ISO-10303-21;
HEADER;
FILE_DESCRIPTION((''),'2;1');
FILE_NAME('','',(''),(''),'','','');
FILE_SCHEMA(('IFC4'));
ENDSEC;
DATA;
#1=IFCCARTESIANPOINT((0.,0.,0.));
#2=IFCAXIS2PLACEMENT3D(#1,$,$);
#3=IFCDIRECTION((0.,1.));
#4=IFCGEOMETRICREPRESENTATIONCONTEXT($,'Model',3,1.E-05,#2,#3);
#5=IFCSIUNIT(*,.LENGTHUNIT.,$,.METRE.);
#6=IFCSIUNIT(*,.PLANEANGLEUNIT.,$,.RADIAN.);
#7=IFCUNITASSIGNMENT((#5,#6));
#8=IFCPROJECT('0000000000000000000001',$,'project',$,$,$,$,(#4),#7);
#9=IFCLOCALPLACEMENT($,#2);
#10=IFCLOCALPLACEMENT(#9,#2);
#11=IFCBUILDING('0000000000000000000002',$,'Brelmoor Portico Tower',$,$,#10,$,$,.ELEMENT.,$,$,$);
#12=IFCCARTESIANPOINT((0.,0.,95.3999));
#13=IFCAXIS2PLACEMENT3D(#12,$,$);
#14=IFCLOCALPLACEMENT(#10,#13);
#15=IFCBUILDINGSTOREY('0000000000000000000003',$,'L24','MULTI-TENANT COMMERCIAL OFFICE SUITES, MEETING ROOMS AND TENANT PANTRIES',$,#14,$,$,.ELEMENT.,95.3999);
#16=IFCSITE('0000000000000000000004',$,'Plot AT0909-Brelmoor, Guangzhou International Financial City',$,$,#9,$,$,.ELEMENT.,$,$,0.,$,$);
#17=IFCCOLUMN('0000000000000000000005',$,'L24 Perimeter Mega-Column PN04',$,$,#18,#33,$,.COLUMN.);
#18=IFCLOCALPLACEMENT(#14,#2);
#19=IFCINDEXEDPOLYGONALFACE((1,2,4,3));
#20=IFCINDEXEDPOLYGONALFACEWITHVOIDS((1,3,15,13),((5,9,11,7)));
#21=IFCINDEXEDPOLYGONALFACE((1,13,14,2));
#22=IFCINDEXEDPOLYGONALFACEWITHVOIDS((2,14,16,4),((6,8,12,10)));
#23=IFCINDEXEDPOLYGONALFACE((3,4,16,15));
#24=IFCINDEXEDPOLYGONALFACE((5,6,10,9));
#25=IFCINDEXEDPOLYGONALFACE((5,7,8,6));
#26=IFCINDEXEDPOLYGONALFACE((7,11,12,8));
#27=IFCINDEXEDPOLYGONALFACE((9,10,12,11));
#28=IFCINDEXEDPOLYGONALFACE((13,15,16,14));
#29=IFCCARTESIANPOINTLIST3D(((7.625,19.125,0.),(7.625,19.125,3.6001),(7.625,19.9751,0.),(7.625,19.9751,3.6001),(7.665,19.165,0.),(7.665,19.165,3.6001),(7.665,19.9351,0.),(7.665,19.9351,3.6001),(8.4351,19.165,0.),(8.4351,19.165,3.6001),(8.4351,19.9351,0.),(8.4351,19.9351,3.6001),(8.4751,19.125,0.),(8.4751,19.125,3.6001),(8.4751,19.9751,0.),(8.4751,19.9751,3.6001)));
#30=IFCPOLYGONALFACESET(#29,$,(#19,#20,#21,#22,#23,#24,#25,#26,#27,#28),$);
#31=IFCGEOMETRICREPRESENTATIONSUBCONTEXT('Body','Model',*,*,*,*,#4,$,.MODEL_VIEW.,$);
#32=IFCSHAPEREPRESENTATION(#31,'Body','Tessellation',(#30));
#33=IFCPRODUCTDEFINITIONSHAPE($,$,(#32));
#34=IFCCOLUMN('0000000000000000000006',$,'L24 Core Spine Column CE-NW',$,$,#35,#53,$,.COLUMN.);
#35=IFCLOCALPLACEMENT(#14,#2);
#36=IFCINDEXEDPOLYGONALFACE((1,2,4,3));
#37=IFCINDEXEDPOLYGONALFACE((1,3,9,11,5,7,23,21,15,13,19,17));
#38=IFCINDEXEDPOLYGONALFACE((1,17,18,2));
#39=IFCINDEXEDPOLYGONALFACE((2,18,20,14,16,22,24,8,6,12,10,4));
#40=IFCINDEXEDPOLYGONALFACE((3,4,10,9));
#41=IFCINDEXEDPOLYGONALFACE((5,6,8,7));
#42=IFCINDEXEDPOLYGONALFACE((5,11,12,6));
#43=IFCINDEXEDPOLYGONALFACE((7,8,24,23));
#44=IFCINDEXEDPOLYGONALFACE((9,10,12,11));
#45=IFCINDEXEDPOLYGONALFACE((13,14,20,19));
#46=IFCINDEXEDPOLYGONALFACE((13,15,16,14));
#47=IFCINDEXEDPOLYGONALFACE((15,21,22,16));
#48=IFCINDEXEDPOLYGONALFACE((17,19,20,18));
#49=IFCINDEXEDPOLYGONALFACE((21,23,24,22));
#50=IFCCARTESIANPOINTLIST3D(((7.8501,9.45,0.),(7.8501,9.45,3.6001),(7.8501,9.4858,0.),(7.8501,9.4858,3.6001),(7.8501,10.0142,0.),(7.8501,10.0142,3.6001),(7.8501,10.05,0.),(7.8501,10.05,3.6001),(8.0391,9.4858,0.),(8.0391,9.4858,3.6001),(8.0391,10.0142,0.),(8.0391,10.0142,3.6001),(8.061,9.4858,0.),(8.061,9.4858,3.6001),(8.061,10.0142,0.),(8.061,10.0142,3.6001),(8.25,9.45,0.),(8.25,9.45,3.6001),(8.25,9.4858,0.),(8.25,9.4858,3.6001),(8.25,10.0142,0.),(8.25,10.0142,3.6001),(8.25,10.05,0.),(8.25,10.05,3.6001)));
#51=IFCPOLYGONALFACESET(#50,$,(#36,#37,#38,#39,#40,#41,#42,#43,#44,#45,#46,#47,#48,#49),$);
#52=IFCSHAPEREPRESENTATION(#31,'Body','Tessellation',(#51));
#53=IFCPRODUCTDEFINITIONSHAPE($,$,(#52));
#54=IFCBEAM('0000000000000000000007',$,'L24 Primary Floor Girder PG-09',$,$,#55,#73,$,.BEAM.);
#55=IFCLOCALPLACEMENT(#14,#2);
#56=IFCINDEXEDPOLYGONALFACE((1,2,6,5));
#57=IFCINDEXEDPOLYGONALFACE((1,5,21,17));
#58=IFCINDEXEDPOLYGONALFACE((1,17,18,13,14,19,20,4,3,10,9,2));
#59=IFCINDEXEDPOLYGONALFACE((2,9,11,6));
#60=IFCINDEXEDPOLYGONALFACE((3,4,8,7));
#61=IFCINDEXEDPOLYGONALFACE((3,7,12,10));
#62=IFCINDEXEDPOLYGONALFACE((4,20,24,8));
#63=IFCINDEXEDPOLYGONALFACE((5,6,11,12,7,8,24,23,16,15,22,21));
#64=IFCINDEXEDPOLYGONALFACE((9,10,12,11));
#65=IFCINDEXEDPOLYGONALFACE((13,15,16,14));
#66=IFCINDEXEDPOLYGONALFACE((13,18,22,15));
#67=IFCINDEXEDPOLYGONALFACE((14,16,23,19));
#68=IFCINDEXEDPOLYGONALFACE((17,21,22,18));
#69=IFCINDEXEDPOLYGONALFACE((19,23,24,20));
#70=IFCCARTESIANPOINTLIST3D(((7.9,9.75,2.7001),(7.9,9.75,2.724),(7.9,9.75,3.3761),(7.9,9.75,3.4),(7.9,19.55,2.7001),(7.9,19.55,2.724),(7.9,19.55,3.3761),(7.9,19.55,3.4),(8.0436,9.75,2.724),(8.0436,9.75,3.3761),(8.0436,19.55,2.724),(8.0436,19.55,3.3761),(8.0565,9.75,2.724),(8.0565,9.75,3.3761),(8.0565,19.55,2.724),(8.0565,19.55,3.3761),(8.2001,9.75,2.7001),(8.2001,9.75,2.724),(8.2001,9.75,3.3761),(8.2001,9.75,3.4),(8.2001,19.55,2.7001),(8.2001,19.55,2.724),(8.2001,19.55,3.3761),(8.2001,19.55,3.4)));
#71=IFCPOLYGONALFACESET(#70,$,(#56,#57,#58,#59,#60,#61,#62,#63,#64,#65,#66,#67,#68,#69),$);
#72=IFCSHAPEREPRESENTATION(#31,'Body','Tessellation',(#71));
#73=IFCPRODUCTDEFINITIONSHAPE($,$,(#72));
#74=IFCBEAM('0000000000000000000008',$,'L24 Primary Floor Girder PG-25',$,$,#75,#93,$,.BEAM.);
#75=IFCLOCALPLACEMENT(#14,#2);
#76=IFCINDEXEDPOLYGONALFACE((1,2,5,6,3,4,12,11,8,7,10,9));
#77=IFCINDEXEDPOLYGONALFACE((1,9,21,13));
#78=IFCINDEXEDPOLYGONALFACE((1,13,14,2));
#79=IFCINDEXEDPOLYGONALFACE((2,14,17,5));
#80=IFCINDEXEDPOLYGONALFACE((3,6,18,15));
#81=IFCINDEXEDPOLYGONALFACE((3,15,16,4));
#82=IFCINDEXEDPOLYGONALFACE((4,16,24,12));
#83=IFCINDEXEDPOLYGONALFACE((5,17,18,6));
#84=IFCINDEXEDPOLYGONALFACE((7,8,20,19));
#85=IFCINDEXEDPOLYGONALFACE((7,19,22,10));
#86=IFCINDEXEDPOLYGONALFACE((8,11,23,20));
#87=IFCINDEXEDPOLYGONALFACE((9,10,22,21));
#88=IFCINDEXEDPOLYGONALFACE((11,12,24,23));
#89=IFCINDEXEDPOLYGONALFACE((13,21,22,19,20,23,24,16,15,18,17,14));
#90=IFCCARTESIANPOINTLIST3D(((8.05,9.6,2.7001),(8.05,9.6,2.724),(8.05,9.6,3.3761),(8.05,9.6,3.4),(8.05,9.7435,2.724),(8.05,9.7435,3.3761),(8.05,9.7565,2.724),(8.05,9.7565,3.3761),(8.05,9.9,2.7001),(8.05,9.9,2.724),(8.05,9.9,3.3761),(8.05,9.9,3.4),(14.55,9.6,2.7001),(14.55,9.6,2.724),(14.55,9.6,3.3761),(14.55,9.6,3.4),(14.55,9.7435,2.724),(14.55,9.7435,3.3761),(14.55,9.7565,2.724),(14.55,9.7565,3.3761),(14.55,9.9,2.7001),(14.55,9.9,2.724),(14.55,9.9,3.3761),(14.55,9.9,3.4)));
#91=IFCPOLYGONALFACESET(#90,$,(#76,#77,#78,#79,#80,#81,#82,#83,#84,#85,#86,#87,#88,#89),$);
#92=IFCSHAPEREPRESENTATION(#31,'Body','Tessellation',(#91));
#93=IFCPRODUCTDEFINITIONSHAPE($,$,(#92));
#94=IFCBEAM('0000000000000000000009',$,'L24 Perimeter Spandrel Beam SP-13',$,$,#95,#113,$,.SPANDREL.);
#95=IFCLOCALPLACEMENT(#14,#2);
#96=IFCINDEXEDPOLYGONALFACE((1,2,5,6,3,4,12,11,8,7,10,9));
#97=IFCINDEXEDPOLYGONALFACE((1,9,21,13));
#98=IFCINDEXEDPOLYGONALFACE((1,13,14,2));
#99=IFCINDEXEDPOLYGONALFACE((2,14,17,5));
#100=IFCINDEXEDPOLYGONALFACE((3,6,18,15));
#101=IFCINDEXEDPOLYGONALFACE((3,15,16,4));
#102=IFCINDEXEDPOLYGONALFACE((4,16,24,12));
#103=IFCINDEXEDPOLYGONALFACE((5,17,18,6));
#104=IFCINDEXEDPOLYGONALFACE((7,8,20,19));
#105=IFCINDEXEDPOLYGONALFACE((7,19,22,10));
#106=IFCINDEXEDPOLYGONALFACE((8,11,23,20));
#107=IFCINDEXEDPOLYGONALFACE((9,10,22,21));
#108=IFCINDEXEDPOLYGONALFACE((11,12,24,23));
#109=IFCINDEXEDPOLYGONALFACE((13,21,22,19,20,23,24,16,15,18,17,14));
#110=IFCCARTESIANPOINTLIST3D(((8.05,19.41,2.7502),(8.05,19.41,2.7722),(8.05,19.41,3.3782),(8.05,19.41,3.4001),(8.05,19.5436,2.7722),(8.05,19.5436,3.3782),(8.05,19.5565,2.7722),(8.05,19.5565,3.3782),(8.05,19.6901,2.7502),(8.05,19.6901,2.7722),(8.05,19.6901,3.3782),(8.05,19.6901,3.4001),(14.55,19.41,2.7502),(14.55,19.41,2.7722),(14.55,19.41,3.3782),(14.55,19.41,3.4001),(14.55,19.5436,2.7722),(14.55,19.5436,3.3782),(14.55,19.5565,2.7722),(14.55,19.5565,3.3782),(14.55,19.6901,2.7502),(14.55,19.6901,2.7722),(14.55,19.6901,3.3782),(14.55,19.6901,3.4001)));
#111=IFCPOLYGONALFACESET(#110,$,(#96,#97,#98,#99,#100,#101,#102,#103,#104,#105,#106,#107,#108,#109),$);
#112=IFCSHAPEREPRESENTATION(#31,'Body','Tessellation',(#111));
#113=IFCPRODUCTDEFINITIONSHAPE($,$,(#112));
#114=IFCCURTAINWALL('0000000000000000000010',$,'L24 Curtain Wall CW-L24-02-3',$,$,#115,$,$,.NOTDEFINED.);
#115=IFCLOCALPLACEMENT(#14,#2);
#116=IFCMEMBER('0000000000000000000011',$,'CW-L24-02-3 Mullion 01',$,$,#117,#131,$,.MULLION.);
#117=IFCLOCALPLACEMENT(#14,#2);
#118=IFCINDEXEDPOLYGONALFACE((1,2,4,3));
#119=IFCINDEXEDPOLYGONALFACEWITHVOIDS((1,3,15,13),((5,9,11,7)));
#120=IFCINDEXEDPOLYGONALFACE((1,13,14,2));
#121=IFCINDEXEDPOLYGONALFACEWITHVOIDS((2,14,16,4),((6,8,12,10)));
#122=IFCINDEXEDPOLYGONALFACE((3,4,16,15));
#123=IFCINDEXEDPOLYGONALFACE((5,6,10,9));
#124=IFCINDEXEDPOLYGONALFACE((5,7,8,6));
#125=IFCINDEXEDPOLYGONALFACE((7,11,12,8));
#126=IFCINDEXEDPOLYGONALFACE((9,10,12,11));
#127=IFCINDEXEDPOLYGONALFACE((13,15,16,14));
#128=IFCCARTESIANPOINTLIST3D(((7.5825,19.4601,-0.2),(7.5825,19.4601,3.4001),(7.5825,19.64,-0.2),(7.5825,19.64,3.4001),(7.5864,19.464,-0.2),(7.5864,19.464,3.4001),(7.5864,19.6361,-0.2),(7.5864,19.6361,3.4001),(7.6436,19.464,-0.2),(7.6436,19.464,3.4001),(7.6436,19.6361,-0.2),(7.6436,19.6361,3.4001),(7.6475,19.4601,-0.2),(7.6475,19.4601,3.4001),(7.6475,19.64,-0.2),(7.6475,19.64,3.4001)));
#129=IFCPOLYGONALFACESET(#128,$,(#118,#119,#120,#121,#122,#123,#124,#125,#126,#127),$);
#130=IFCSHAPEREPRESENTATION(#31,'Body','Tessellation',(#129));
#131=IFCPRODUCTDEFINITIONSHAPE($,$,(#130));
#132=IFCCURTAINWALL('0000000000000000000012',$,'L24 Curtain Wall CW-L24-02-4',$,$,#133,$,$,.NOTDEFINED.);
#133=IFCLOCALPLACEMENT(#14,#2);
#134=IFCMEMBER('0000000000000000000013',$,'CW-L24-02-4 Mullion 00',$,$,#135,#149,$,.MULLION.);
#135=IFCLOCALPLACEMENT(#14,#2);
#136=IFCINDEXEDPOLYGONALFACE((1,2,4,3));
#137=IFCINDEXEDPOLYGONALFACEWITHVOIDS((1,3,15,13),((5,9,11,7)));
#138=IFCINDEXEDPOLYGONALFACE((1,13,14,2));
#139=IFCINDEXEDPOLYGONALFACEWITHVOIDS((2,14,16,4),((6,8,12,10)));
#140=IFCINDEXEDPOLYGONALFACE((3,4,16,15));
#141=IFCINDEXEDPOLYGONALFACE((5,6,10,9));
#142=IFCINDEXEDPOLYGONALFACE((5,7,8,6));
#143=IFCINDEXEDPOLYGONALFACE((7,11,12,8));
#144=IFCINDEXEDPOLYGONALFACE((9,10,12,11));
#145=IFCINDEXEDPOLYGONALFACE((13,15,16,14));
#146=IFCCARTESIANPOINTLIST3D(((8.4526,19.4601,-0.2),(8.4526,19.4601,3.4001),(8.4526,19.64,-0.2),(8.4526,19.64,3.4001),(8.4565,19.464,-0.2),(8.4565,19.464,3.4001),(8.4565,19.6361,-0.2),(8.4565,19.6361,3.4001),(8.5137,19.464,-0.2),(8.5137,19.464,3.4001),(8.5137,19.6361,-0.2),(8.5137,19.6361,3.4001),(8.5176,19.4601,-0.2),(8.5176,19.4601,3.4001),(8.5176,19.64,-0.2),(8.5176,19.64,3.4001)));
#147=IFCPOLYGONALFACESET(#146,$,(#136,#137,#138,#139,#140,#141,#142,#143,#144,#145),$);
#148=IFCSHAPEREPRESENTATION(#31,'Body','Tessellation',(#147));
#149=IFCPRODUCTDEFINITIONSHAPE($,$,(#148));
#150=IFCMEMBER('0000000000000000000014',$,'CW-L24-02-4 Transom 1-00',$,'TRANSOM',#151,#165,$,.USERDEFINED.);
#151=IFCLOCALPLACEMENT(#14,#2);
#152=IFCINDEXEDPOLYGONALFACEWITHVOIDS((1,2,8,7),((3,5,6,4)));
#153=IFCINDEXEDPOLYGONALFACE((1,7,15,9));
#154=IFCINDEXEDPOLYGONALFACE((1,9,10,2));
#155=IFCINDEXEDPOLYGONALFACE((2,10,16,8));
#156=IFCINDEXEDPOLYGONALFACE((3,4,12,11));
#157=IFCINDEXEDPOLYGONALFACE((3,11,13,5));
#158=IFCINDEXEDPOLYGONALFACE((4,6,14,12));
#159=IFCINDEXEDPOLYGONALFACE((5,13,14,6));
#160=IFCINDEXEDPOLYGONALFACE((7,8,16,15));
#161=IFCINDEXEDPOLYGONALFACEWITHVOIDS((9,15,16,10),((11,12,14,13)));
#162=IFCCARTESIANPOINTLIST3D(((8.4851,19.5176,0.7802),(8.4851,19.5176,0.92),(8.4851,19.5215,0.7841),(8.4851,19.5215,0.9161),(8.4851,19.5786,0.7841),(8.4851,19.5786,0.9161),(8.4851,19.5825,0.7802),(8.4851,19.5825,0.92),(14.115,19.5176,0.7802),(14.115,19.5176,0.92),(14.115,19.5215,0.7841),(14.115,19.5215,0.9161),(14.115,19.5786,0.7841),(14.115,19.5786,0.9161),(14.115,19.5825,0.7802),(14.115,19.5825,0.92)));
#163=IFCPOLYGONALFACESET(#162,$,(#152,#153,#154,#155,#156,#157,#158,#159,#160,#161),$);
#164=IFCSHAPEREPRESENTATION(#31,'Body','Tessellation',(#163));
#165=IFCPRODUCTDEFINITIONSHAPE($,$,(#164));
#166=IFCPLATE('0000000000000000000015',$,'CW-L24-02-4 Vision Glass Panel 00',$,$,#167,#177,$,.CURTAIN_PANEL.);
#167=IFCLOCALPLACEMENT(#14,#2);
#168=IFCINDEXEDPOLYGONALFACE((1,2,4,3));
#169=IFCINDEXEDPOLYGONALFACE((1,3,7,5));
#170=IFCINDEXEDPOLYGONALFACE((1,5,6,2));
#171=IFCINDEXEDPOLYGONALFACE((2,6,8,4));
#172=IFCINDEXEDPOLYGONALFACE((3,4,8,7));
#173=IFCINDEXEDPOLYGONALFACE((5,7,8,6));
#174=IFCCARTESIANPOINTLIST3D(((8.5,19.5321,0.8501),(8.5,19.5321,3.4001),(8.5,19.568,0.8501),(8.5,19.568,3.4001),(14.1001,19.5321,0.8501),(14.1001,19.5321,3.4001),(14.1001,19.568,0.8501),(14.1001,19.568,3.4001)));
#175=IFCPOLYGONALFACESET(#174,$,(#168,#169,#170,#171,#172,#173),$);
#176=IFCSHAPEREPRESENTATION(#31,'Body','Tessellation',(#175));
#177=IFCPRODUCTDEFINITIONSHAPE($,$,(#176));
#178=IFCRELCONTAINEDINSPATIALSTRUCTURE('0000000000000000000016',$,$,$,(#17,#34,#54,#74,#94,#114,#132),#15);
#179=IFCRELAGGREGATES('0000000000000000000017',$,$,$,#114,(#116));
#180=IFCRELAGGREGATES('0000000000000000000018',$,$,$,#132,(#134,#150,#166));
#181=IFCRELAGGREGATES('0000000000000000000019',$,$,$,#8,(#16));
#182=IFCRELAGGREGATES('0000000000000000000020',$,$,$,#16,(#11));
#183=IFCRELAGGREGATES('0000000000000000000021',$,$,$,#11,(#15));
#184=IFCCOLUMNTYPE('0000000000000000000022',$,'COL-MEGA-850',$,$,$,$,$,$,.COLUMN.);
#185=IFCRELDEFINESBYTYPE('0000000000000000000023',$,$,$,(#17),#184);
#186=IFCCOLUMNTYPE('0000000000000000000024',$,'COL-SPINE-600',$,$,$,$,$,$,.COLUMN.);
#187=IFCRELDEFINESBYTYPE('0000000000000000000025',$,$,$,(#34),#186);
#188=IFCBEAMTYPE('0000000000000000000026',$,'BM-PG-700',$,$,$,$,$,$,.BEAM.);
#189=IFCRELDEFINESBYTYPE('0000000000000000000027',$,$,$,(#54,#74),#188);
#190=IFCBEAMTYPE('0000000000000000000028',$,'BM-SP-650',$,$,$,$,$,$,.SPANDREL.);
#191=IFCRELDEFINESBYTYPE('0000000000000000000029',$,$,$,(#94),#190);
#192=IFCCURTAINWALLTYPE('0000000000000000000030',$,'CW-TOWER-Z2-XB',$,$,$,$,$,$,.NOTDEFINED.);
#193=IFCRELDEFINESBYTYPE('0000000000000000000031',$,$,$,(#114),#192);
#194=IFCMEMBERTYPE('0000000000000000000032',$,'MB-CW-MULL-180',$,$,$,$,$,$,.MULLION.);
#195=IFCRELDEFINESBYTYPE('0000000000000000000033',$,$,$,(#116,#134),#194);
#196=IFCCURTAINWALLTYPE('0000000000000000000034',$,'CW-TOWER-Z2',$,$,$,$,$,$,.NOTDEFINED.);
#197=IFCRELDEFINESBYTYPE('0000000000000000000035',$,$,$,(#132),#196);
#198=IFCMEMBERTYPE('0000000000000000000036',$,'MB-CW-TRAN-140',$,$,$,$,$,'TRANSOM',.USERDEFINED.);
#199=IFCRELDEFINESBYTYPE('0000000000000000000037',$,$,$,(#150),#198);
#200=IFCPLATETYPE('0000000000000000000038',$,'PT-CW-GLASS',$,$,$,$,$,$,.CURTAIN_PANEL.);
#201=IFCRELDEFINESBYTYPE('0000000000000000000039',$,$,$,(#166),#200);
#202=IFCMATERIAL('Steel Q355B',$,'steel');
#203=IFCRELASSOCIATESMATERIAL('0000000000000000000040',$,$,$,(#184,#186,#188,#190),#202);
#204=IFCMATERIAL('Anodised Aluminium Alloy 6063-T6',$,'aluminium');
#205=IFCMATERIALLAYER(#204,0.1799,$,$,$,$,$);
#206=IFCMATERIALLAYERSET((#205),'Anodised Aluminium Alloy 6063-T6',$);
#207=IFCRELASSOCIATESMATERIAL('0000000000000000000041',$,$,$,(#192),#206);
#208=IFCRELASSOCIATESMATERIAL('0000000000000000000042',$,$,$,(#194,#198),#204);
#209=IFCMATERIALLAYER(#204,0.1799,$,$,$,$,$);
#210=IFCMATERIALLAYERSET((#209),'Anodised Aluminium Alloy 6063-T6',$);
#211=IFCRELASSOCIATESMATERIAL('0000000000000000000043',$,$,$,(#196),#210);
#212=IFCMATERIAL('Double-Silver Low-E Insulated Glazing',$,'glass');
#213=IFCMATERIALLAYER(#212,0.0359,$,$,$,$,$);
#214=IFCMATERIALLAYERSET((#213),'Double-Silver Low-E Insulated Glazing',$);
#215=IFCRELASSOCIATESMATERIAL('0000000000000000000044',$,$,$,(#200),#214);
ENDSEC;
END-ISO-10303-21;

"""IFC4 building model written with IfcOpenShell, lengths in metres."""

from ifc_helpers import new_model, si_unit, direction, frame, origin, origin_2d, place, context, subcontext, project, spatial, rectangle, hollow_rectangle, i_section, extrude, material, layer, layer_set, material_profile, profile_set, type_object, element, aggregate, save


model = new_model("IFC4")

# Units and contexts
model_context = context("Model", 3, precision=1e-05, world=origin(), true_north=direction((0.0, 1.0)))
body_context = subcontext(model_context, "Body", "Model", "MODEL_VIEW")
ifc_project = project(units=[si_unit("LENGTHUNIT", "METRE"), si_unit("PLANEANGLEUNIT", "RADIAN")], contexts=[model_context])

# Site, building, storey
site_placement = place(None, origin())
site = spatial("IfcSite", under=ifc_project, at=site_placement, Name="Plot AT0909-Brelmoor, Guangzhou International Financial City", CompositionType="ELEMENT", RefElevation=0.0)
building_placement = place(site_placement, origin())
building = spatial("IfcBuilding", under=site, at=building_placement, Name="Brelmoor Portico Tower", CompositionType="ELEMENT")
storey_placement = place(building_placement, frame((0.0, 0.0, 95.3999)))
storey = spatial("IfcBuildingStorey", under=building, at=storey_placement, Name="L24", Description="MULTI-TENANT COMMERCIAL OFFICE SUITES, MEETING ROOMS AND TENANT PANTRIES", CompositionType="ELEMENT", Elevation=95.3999)

# Columns
ifc_material_1 = material(Name="Steel Q355B", Category="steel")
ifc_material_profile_1 = material_profile(ifc_material_1, hollow_rectangle(XDim=0.8501, YDim=0.8501, WallThickness=0.04, at=origin_2d()), Name="BOX 850x850x40")
ifc_profile_set_1 = profile_set([ifc_material_profile_1], Name="Steel Q355B")
column_type_1 = type_object("IfcColumnType", Name="COL-MEGA-850", PredefinedType="COLUMN", material=ifc_profile_set_1)
column_1_placement = place(storey_placement, frame((8.05, 19.55, 0.0), z_axis=(0.0, 0.0, 1.0), x_axis=(1.0, 0.0, 0.0)))
element("IfcColumn", 1, at=column_1_placement, inside=storey, type_object=column_type_1, Name="L24 Perimeter Mega-Column PN04", PredefinedType="COLUMN", context=body_context, shape_type="SweptSolid", body=[
    extrude(hollow_rectangle(XDim=0.8501, YDim=0.8501, WallThickness=0.04, at=origin_2d()), origin(), (0.0, 0.0, 1.0), 3.6001),
])
ifc_material_profile_2 = material_profile(ifc_material_1, i_section(OverallWidth=0.3999, OverallDepth=0.6001, WebThickness=0.022, FlangeThickness=0.0359, at=origin_2d()), Name="HW 600x400x22x36")
ifc_profile_set_2 = profile_set([ifc_material_profile_2], Name="Steel Q355B")
column_type_2 = type_object("IfcColumnType", Name="COL-SPINE-600", PredefinedType="COLUMN", material=ifc_profile_set_2)
column_2_placement = place(storey_placement, frame((8.05, 9.75, 0.0), z_axis=(0.0, 0.0, 1.0), x_axis=(1.0, 0.0, 0.0)))
element("IfcColumn", 2, at=column_2_placement, inside=storey, type_object=column_type_2, Name="L24 Core Spine Column CE-NW", PredefinedType="COLUMN", context=body_context, shape_type="SweptSolid", body=[
    extrude(i_section(OverallWidth=0.3999, OverallDepth=0.6001, WebThickness=0.022, FlangeThickness=0.0359, at=origin_2d()), origin(), (0.0, 0.0, 1.0), 3.6001),
])

# Beams
ifc_material_profile_3 = material_profile(ifc_material_1, i_section(OverallWidth=0.3, OverallDepth=0.7, WebThickness=0.0129, FlangeThickness=0.0239, at=origin_2d()), Name="HN 700x300x13x24")
ifc_profile_set_3 = profile_set([ifc_material_profile_3], Name="Steel Q355B")
beam_type_1 = type_object("IfcBeamType", Name="BM-PG-700", PredefinedType="BEAM", material=ifc_profile_set_3)
beam_1_placement = place(storey_placement, frame((8.05, 9.75, 3.05), z_axis=(0.0, 1.0, 0.0), x_axis=(-1.0, 0.0, 0.0)))
element("IfcBeam", 3, at=beam_1_placement, inside=storey, type_object=beam_type_1, Name="L24 Primary Floor Girder PG-09", PredefinedType="BEAM", context=body_context, shape_type="SweptSolid", body=[
    extrude(i_section(OverallWidth=0.3, OverallDepth=0.7, WebThickness=0.0129, FlangeThickness=0.0239, at=origin_2d()), origin(), (0.0, 0.0, 1.0), 9.8),
])
beam_2_placement = place(storey_placement, frame((8.05, 9.75, 3.05), z_axis=(1.0, 0.0, 0.0), x_axis=(0.0, 1.0, 0.0)))
element("IfcBeam", 4, at=beam_2_placement, inside=storey, type_object=beam_type_1, Name="L24 Primary Floor Girder PG-25", PredefinedType="BEAM", context=body_context, shape_type="SweptSolid", body=[
    extrude(i_section(OverallWidth=0.3, OverallDepth=0.7, WebThickness=0.0129, FlangeThickness=0.0239, at=origin_2d()), origin(), (0.0, 0.0, 1.0), 6.5),
])
ifc_material_profile_4 = material_profile(ifc_material_1, i_section(OverallWidth=0.28, OverallDepth=0.6499, WebThickness=0.0129, FlangeThickness=0.022, at=origin_2d()), Name="HN 650x280x13x22")
ifc_profile_set_4 = profile_set([ifc_material_profile_4], Name="Steel Q355B")
beam_type_2 = type_object("IfcBeamType", Name="BM-SP-650", PredefinedType="SPANDREL", material=ifc_profile_set_4)
beam_3_placement = place(storey_placement, frame((8.05, 19.55, 3.0752), z_axis=(1.0, 0.0, 0.0), x_axis=(0.0, 1.0, 0.0)))
element("IfcBeam", 5, at=beam_3_placement, inside=storey, type_object=beam_type_2, Name="L24 Perimeter Spandrel Beam SP-13", PredefinedType="SPANDREL", context=body_context, shape_type="SweptSolid", body=[
    extrude(i_section(OverallWidth=0.28, OverallDepth=0.6499, WebThickness=0.0129, FlangeThickness=0.022, at=origin_2d()), origin(), (0.0, 0.0, 1.0), 6.5),
])

# Curtain wall, member
ifc_material_2 = material(Name="Anodised Aluminium Alloy 6063-T6", Category="aluminium")
ifc_layer_1 = layer(ifc_material_2, 0.1799)
ifc_layer_set_1 = layer_set([ifc_layer_1], Name="Anodised Aluminium Alloy 6063-T6")
curtain_wall_type_1 = type_object("IfcCurtainWallType", Name="CW-TOWER-Z2-XB", PredefinedType="NOTDEFINED", material=ifc_layer_set_1)
curtain_wall_1_placement = place(storey_placement, origin())
curtain_wall_1 = element("IfcCurtainWall", 6, at=curtain_wall_1_placement, inside=storey, type_object=curtain_wall_type_1, Name="L24 Curtain Wall CW-L24-02-3", PredefinedType="NOTDEFINED")
ifc_material_profile_5 = material_profile(ifc_material_2, hollow_rectangle(XDim=0.0649, YDim=0.1799, WallThickness=0.0039, at=origin_2d()), Name="ALU MULLION 65x180")
ifc_profile_set_5 = profile_set([ifc_material_profile_5], Name="Anodised Aluminium Alloy 6063-T6")
member_type_1 = type_object("IfcMemberType", Name="MB-CW-MULL-180", PredefinedType="MULLION", material=ifc_profile_set_5)
member_1_placement = place(storey_placement, frame((7.615, 19.55, -0.2), z_axis=(0.0, 0.0, 1.0), x_axis=(1.0, 0.0, 0.0)))
member_1 = element("IfcMember", 7, at=member_1_placement, type_object=member_type_1, Name="CW-L24-02-3 Mullion 01", PredefinedType="MULLION", context=body_context, shape_type="SweptSolid", body=[
    extrude(hollow_rectangle(XDim=0.0649, YDim=0.1799, WallThickness=0.0039, at=origin_2d()), origin(), (0.0, 0.0, 1.0), 3.6001),
])

# Curtain wall, members, plate
ifc_layer_2 = layer(ifc_material_2, 0.1799)
ifc_layer_set_2 = layer_set([ifc_layer_2], Name="Anodised Aluminium Alloy 6063-T6")
curtain_wall_type_2 = type_object("IfcCurtainWallType", Name="CW-TOWER-Z2", PredefinedType="NOTDEFINED", material=ifc_layer_set_2)
curtain_wall_2_placement = place(storey_placement, origin())
curtain_wall_2 = element("IfcCurtainWall", 8, at=curtain_wall_2_placement, inside=storey, type_object=curtain_wall_type_2, Name="L24 Curtain Wall CW-L24-02-4", PredefinedType="NOTDEFINED")
member_2_placement = place(storey_placement, frame((8.4851, 19.55, -0.2), z_axis=(0.0, 0.0, 1.0), x_axis=(1.0, 0.0, 0.0)))
member_2 = element("IfcMember", 9, at=member_2_placement, type_object=member_type_1, Name="CW-L24-02-4 Mullion 00", PredefinedType="MULLION", context=body_context, shape_type="SweptSolid", body=[
    extrude(hollow_rectangle(XDim=0.0649, YDim=0.1799, WallThickness=0.0039, at=origin_2d()), origin(), (0.0, 0.0, 1.0), 3.6001),
])
ifc_material_profile_6 = material_profile(ifc_material_2, hollow_rectangle(XDim=0.0649, YDim=0.1399, WallThickness=0.0039, at=origin_2d()), Name="ALU TRANSOM 65x140")
ifc_profile_set_6 = profile_set([ifc_material_profile_6], Name="Anodised Aluminium Alloy 6063-T6")
member_type_2 = type_object("IfcMemberType", Name="MB-CW-TRAN-140", ElementType="TRANSOM", PredefinedType="USERDEFINED", material=ifc_profile_set_6)
member_3_placement = place(storey_placement, frame((8.4851, 19.55, 0.8501), z_axis=(1.0, 0.0, 0.0), x_axis=(0.0, 1.0, 0.0)))
member_3 = element("IfcMember", 10, at=member_3_placement, type_object=member_type_2, Name="CW-L24-02-4 Transom 1-00", ObjectType="TRANSOM", PredefinedType="USERDEFINED", context=body_context, shape_type="SweptSolid", body=[
    extrude(hollow_rectangle(XDim=0.0649, YDim=0.1399, WallThickness=0.0039, at=origin_2d()), origin(), (0.0, 0.0, 1.0), 5.6299),
])
ifc_material_3 = material(Name="Double-Silver Low-E Insulated Glazing", Category="glass")
ifc_layer_3 = layer(ifc_material_3, 0.0359)
ifc_layer_set_3 = layer_set([ifc_layer_3], Name="Double-Silver Low-E Insulated Glazing")
plate_type_1 = type_object("IfcPlateType", Name="PT-CW-GLASS", PredefinedType="CURTAIN_PANEL", material=ifc_layer_set_3)
plate_1_placement = place(storey_placement, frame((11.3, 19.55, 0.8501), z_axis=(0.0, 0.0, 1.0), x_axis=(1.0, 0.0, 0.0)))
plate_1 = element("IfcPlate", 11, at=plate_1_placement, type_object=plate_type_1, Name="CW-L24-02-4 Vision Glass Panel 00", PredefinedType="CURTAIN_PANEL", context=body_context, shape_type="SweptSolid", body=[
    extrude(rectangle(XDim=5.6001, YDim=0.0359, at=origin_2d()), origin(), (0.0, 0.0, 1.0), 2.55),
])

aggregate(curtain_wall_1, [member_1])
aggregate(curtain_wall_2, [member_2, member_3, plate_1])

save(model, "model.ifc")
